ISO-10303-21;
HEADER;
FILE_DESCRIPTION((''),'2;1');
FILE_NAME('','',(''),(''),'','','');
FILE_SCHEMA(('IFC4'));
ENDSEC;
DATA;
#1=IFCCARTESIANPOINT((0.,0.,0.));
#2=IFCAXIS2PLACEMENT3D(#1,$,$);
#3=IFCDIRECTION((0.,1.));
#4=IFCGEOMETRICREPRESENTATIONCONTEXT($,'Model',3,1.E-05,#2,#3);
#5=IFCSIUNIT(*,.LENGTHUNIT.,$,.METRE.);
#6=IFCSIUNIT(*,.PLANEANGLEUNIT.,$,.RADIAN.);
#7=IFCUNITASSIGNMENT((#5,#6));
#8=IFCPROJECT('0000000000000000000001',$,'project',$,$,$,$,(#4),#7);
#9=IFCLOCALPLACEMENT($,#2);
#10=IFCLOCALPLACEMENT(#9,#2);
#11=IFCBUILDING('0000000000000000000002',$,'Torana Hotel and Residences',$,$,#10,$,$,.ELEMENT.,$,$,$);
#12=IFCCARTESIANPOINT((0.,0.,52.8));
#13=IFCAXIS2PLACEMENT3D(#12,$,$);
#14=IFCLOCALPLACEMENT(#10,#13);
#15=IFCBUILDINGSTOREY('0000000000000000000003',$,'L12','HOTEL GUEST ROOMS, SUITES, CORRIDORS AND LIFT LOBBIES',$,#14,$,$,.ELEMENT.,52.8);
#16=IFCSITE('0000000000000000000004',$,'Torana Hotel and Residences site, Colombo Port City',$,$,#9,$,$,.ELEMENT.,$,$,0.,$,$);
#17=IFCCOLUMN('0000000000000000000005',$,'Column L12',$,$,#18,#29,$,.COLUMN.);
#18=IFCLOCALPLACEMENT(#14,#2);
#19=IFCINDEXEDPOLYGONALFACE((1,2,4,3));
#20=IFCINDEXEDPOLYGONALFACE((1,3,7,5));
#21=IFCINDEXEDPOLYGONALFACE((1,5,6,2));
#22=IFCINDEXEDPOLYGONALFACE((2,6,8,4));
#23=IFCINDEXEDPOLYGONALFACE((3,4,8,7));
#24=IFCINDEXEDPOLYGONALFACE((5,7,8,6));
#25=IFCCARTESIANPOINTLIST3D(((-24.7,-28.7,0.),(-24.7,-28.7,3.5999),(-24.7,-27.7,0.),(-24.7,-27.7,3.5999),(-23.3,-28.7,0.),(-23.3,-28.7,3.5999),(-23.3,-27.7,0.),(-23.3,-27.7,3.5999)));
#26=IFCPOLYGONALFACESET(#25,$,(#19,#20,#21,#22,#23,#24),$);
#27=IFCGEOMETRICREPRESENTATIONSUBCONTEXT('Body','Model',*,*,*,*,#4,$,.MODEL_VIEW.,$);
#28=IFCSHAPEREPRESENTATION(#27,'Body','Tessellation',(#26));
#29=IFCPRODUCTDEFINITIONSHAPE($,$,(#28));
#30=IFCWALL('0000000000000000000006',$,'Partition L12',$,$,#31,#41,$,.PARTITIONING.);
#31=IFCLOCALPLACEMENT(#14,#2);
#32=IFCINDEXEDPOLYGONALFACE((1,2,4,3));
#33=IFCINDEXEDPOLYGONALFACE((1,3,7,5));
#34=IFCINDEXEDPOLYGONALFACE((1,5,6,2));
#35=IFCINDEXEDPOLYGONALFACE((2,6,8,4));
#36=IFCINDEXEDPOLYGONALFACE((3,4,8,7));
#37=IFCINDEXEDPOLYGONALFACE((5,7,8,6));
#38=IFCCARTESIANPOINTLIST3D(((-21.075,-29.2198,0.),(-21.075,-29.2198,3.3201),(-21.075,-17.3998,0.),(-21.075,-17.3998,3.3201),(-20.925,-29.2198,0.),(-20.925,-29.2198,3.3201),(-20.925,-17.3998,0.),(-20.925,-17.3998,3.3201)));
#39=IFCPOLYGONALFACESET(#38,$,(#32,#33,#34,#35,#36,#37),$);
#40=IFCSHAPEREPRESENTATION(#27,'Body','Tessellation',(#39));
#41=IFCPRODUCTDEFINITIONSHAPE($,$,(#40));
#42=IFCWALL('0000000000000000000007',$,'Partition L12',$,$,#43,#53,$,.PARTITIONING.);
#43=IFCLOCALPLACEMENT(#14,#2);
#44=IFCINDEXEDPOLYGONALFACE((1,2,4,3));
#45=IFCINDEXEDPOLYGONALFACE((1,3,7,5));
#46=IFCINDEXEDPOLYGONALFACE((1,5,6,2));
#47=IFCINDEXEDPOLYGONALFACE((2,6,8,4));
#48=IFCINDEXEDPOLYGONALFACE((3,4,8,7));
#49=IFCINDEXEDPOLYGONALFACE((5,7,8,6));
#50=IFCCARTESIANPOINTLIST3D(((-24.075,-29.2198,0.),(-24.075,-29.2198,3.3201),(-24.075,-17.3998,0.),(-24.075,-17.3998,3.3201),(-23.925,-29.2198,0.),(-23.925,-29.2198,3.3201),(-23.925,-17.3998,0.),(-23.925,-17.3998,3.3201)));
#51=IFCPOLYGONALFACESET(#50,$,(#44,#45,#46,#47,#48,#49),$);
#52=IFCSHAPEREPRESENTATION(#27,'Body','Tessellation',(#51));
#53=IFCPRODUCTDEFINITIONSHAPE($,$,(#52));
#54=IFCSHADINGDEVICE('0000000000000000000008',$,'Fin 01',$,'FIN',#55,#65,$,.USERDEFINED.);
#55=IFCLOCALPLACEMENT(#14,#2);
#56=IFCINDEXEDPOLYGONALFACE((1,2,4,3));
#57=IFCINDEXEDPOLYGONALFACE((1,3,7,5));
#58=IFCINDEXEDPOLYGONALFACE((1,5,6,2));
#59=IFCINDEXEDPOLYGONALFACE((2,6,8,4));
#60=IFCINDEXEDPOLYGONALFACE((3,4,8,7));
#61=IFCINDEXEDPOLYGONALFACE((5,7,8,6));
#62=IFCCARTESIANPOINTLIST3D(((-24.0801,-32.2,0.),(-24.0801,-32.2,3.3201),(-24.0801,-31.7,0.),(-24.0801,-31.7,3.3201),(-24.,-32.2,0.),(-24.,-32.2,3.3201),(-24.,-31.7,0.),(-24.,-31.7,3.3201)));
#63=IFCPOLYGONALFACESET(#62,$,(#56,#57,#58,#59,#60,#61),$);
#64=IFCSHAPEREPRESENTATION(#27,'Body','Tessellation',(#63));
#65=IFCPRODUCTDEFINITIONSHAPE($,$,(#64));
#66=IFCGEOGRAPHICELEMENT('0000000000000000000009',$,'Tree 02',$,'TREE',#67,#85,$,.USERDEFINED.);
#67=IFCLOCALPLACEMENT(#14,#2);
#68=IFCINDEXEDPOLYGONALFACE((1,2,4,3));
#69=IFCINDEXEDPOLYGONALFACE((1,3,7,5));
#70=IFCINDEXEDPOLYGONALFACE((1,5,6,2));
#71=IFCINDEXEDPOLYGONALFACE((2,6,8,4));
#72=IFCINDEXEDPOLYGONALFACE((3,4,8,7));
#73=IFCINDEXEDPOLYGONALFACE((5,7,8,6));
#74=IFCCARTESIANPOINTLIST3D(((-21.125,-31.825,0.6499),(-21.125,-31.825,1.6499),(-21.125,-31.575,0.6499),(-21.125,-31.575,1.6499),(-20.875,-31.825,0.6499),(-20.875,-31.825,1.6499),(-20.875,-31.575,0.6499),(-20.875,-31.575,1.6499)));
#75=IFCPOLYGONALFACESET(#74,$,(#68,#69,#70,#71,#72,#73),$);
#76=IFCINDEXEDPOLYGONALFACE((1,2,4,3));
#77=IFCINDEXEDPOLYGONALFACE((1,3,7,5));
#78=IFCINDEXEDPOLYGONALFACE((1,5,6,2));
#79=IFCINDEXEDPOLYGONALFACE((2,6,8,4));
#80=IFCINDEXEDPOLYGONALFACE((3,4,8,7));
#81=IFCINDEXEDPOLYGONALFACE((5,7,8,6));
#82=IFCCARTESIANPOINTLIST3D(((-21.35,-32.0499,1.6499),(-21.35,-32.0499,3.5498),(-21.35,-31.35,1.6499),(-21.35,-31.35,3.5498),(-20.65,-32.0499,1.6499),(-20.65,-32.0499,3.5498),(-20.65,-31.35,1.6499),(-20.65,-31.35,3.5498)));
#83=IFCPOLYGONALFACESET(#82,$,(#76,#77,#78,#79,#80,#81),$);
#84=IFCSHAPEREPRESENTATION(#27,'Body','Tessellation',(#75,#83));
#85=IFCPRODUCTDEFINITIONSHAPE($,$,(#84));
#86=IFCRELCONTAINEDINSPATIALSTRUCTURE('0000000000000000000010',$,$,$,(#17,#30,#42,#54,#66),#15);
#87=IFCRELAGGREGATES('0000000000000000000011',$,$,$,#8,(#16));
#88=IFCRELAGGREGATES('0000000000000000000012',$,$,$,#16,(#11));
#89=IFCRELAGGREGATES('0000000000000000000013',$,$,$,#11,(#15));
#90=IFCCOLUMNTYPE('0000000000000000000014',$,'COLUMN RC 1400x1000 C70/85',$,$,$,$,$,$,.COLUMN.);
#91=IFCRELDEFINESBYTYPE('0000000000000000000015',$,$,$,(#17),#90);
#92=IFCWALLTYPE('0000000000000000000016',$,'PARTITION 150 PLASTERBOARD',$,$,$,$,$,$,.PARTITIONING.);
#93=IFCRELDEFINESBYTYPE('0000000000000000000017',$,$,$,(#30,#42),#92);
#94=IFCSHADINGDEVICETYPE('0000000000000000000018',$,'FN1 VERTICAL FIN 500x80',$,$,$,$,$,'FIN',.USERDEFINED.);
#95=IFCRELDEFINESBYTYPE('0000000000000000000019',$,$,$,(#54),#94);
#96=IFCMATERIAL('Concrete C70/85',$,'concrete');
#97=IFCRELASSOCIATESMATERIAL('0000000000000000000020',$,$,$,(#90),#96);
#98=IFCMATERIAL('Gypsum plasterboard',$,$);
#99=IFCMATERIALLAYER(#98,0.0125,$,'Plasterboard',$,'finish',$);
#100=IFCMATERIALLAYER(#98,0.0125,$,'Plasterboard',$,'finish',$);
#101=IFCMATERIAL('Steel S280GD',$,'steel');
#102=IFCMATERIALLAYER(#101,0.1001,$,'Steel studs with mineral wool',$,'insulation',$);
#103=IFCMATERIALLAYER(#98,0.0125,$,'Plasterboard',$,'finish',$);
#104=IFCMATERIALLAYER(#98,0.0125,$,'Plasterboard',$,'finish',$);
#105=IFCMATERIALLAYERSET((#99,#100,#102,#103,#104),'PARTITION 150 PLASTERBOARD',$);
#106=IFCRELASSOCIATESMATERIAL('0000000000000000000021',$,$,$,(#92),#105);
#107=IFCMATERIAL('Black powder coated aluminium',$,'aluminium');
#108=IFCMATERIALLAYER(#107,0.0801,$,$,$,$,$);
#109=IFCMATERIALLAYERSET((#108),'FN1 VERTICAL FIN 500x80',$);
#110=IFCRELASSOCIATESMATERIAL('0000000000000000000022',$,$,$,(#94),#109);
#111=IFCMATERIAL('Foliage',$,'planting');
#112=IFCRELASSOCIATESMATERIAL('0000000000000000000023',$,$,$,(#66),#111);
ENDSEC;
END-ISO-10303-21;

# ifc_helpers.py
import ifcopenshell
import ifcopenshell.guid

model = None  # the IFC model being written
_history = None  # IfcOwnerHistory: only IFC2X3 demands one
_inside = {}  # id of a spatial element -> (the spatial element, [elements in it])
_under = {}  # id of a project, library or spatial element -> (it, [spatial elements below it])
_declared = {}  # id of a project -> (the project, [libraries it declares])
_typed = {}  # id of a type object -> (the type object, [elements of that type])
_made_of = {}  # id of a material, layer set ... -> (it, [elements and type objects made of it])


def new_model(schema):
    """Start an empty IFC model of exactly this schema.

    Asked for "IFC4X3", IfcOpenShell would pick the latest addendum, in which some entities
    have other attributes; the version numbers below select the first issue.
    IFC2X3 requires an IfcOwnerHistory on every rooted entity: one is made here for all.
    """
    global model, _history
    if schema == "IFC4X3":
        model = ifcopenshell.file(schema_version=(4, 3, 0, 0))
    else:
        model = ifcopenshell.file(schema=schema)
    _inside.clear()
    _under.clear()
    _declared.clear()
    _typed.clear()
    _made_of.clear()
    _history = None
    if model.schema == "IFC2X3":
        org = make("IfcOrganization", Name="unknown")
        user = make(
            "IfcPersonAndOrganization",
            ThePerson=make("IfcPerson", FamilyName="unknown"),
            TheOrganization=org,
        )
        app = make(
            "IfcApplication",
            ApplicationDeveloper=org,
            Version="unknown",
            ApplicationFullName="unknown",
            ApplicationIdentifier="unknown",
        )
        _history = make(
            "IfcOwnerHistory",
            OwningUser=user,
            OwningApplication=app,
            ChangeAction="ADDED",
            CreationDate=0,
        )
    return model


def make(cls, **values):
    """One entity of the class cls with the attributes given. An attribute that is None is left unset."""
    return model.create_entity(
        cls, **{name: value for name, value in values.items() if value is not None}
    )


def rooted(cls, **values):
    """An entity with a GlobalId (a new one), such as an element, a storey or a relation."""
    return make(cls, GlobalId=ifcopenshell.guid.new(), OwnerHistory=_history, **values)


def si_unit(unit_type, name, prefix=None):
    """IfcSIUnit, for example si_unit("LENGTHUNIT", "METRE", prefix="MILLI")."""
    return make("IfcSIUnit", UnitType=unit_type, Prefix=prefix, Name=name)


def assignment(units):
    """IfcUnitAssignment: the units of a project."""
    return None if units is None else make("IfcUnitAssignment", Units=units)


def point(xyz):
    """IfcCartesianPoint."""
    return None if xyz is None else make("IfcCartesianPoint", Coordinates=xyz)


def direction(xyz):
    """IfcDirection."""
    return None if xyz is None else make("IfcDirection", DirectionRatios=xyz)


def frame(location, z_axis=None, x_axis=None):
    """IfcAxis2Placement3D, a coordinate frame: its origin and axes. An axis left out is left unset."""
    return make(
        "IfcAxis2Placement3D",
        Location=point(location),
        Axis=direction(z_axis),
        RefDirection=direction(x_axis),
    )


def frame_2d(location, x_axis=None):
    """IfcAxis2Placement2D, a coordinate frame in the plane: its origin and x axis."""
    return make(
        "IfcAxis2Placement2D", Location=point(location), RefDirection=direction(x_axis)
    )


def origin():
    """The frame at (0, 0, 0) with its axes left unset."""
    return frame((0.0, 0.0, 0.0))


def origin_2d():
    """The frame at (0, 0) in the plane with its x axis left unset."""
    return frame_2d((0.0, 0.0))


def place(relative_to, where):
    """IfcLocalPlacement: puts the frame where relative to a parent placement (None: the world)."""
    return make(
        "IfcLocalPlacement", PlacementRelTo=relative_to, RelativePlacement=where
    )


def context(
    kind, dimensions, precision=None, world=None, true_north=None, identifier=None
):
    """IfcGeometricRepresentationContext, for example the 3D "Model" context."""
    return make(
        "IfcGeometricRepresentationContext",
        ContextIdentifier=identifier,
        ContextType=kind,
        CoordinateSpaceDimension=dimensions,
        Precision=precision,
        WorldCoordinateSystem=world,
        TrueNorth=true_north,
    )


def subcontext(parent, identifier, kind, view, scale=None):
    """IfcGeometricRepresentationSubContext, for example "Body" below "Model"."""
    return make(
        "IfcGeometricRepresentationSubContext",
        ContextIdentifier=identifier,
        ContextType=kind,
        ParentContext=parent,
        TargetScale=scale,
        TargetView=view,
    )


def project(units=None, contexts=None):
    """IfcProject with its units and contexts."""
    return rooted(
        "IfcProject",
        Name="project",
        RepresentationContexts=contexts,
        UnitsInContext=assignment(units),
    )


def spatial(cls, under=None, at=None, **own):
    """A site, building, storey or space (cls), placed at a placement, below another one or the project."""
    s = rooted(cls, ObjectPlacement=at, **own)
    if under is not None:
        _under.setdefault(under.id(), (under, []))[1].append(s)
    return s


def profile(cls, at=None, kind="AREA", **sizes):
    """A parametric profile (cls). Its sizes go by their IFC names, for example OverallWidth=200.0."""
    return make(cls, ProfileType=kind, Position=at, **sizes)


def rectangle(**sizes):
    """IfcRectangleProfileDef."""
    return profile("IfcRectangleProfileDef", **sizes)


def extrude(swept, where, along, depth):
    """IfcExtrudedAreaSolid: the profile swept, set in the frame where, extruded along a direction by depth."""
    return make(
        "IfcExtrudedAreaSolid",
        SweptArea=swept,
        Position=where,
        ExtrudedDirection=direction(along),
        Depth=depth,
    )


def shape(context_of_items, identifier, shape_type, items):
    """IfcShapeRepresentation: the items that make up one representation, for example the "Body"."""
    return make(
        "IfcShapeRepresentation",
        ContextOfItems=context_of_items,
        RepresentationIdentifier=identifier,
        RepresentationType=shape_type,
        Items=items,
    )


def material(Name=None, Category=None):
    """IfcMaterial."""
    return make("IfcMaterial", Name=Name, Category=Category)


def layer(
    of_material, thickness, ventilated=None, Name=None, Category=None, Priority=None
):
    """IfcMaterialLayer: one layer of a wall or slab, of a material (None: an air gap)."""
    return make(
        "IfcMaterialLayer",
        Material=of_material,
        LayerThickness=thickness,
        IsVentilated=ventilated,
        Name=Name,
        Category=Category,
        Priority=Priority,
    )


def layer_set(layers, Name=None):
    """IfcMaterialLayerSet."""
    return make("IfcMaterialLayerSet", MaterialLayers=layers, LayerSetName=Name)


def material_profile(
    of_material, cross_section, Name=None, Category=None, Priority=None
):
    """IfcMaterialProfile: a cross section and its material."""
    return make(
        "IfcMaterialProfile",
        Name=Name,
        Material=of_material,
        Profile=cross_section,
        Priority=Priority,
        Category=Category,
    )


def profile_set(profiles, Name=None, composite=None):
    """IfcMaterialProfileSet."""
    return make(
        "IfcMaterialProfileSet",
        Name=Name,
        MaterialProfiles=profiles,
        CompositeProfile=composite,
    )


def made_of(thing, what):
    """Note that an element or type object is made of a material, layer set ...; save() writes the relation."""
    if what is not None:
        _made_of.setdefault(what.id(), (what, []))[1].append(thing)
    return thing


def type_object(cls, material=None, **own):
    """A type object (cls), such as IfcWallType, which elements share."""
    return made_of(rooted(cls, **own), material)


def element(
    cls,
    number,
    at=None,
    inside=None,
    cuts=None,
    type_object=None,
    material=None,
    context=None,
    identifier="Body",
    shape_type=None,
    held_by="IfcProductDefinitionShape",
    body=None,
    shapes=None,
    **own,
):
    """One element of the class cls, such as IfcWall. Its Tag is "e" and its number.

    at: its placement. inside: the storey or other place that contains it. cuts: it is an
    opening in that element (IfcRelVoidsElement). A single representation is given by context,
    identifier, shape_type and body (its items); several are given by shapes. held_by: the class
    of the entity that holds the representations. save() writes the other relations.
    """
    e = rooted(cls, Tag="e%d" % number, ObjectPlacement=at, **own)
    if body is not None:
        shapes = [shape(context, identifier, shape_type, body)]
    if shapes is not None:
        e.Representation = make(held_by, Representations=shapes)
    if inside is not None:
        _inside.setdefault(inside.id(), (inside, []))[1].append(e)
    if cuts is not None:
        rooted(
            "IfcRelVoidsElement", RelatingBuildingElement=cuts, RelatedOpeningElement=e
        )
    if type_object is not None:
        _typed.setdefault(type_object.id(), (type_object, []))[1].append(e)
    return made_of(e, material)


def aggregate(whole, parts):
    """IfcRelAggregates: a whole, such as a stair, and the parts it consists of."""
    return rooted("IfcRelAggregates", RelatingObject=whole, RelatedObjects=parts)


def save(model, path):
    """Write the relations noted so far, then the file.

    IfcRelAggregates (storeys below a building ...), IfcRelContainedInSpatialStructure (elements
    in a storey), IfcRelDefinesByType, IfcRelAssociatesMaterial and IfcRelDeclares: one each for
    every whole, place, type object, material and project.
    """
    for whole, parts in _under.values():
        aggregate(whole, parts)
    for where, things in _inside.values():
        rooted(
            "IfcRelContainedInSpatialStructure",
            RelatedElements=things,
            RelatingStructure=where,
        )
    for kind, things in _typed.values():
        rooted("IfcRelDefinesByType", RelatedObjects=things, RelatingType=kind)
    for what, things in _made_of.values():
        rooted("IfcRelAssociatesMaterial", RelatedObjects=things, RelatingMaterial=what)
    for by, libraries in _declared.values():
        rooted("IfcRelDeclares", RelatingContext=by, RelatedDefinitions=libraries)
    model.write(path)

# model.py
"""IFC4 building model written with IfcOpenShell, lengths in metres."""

from ifc_helpers import new_model, si_unit, direction, frame, frame_2d, origin, origin_2d, place, context, subcontext, project, spatial, rectangle, extrude, material, layer, layer_set, material_profile, profile_set, type_object, element, save


model = new_model("IFC4")

# Units and contexts
model_context = context("Model", 3, precision=1e-05, world=origin(), true_north=direction((0.0, 1.0)))
body_context = subcontext(model_context, "Body", "Model", "MODEL_VIEW")
ifc_project = project(units=[si_unit("LENGTHUNIT", "METRE"), si_unit("PLANEANGLEUNIT", "RADIAN")], contexts=[model_context])

# Site, building, storey
site_placement = place(None, origin())
site = spatial("IfcSite", under=ifc_project, at=site_placement, Name="Torana Hotel and Residences site, Colombo Port City", CompositionType="ELEMENT", RefElevation=0.0)
building_placement = place(site_placement, origin())
building = spatial("IfcBuilding", under=site, at=building_placement, Name="Torana Hotel and Residences", CompositionType="ELEMENT")
storey_placement = place(building_placement, frame((0.0, 0.0, 52.8)))
storey = spatial("IfcBuildingStorey", under=building, at=storey_placement, Name="L12", Description="HOTEL GUEST ROOMS, SUITES, CORRIDORS AND LIFT LOBBIES", CompositionType="ELEMENT", Elevation=52.8)

# Column
ifc_material_1 = material(Name="Concrete C70/85", Category="concrete")
ifc_material_profile = material_profile(ifc_material_1, rectangle(XDim=1.3999, YDim=1.0, at=origin_2d()), Name="RC 1400x1000")
ifc_profile_set = profile_set([ifc_material_profile], Name="Concrete C70/85")
column_type = type_object("IfcColumnType", Name="COLUMN RC 1400x1000 C70/85", PredefinedType="COLUMN", material=ifc_profile_set)
column_placement = place(storey_placement, frame((-24.0, -28.2, 0.0), z_axis=(0.0, 0.0, 1.0), x_axis=(1.0, 0.0, 0.0)))
element("IfcColumn", 1, at=column_placement, inside=storey, type_object=column_type, Name="Column L12", PredefinedType="COLUMN", context=body_context, shape_type="SweptSolid", body=[
    extrude(rectangle(XDim=1.3999, YDim=1.0, at=origin_2d()), origin(), (0.0, 0.0, 1.0), 3.5999),
])

# Walls
ifc_material_2 = material(Name="Gypsum plasterboard")
ifc_layer_1 = layer(ifc_material_2, 0.0125, Name="Plasterboard", Category="finish")
ifc_layer_2 = layer(ifc_material_2, 0.0125, Name="Plasterboard", Category="finish")
ifc_material_3 = material(Name="Steel S280GD", Category="steel")
ifc_layer_3 = layer(ifc_material_3, 0.1001, Name="Steel studs with mineral wool", Category="insulation")
ifc_layer_4 = layer(ifc_material_2, 0.0125, Name="Plasterboard", Category="finish")
ifc_layer_5 = layer(ifc_material_2, 0.0125, Name="Plasterboard", Category="finish")
ifc_layer_set_1 = layer_set([ifc_layer_1, ifc_layer_2, ifc_layer_3, ifc_layer_4, ifc_layer_5], Name="PARTITION 150 PLASTERBOARD")
wall_type = type_object("IfcWallType", Name="PARTITION 150 PLASTERBOARD", PredefinedType="PARTITIONING", material=ifc_layer_set_1)
for number, where, z_axis, x_axis, name in (
    (2, (-21.0, -29.22, 0.0), (0.0, 0.0, 1.0), (0.0, 1.0, 0.0), "Partition L12"),
    (3, (-24.0, -29.22, 0.0), (0.0, 0.0, 1.0), (0.0, 1.0, 0.0), "Partition L12"),
):
    element("IfcWall", number, at=place(storey_placement, frame(where, z_axis=z_axis, x_axis=x_axis)), inside=storey, type_object=wall_type, Name=name, PredefinedType="PARTITIONING", context=body_context, shape_type="SweptSolid", body=[
        extrude(rectangle(XDim=11.8201, YDim=0.1499, at=frame_2d((5.9102, 0.0))), origin(), (0.0, 0.0, 1.0), 3.3201),
    ])

# Shading device
ifc_material_4 = material(Name="Black powder coated aluminium", Category="aluminium")
ifc_layer_6 = layer(ifc_material_4, 0.0801)
ifc_layer_set_2 = layer_set([ifc_layer_6], Name="FN1 VERTICAL FIN 500x80")
shading_device_type = type_object("IfcShadingDeviceType", Name="FN1 VERTICAL FIN 500x80", ElementType="FIN", PredefinedType="USERDEFINED", material=ifc_layer_set_2)
shading_device_placement = place(storey_placement, frame((-24.04, -31.95, 0.0), z_axis=(0.0, 0.0, 1.0), x_axis=(-1.0, 0.0, 0.0)))
element("IfcShadingDevice", 4, at=shading_device_placement, inside=storey, type_object=shading_device_type, Name="Fin 01", ObjectType="FIN", PredefinedType="USERDEFINED", context=body_context, shape_type="SweptSolid", body=[
    extrude(rectangle(XDim=0.0801, YDim=0.5, at=origin_2d()), origin(), (0.0, 0.0, 1.0), 3.3201),
])

# Geographic element
ifc_material_5 = material(Name="Foliage", Category="planting")
geographic_element_placement = place(storey_placement, frame((-21.0, -31.7, 0.6499), z_axis=(0.0, 0.0, 1.0), x_axis=(1.0, 0.0, 0.0)))
element("IfcGeographicElement", 5, at=geographic_element_placement, inside=storey, material=ifc_material_5, Name="Tree 02", ObjectType="TREE", PredefinedType="USERDEFINED", context=body_context, shape_type="SweptSolid", body=[
    extrude(rectangle(XDim=0.25, YDim=0.25, at=origin_2d()), origin(), (0.0, 0.0, 1.0), 1.0),
    extrude(rectangle(XDim=0.7, YDim=0.7, at=origin_2d()), frame((0.0, 0.0, 1.0)), (0.0, 0.0, 1.0), 1.8999),
])

save(model, "model.ifc")
